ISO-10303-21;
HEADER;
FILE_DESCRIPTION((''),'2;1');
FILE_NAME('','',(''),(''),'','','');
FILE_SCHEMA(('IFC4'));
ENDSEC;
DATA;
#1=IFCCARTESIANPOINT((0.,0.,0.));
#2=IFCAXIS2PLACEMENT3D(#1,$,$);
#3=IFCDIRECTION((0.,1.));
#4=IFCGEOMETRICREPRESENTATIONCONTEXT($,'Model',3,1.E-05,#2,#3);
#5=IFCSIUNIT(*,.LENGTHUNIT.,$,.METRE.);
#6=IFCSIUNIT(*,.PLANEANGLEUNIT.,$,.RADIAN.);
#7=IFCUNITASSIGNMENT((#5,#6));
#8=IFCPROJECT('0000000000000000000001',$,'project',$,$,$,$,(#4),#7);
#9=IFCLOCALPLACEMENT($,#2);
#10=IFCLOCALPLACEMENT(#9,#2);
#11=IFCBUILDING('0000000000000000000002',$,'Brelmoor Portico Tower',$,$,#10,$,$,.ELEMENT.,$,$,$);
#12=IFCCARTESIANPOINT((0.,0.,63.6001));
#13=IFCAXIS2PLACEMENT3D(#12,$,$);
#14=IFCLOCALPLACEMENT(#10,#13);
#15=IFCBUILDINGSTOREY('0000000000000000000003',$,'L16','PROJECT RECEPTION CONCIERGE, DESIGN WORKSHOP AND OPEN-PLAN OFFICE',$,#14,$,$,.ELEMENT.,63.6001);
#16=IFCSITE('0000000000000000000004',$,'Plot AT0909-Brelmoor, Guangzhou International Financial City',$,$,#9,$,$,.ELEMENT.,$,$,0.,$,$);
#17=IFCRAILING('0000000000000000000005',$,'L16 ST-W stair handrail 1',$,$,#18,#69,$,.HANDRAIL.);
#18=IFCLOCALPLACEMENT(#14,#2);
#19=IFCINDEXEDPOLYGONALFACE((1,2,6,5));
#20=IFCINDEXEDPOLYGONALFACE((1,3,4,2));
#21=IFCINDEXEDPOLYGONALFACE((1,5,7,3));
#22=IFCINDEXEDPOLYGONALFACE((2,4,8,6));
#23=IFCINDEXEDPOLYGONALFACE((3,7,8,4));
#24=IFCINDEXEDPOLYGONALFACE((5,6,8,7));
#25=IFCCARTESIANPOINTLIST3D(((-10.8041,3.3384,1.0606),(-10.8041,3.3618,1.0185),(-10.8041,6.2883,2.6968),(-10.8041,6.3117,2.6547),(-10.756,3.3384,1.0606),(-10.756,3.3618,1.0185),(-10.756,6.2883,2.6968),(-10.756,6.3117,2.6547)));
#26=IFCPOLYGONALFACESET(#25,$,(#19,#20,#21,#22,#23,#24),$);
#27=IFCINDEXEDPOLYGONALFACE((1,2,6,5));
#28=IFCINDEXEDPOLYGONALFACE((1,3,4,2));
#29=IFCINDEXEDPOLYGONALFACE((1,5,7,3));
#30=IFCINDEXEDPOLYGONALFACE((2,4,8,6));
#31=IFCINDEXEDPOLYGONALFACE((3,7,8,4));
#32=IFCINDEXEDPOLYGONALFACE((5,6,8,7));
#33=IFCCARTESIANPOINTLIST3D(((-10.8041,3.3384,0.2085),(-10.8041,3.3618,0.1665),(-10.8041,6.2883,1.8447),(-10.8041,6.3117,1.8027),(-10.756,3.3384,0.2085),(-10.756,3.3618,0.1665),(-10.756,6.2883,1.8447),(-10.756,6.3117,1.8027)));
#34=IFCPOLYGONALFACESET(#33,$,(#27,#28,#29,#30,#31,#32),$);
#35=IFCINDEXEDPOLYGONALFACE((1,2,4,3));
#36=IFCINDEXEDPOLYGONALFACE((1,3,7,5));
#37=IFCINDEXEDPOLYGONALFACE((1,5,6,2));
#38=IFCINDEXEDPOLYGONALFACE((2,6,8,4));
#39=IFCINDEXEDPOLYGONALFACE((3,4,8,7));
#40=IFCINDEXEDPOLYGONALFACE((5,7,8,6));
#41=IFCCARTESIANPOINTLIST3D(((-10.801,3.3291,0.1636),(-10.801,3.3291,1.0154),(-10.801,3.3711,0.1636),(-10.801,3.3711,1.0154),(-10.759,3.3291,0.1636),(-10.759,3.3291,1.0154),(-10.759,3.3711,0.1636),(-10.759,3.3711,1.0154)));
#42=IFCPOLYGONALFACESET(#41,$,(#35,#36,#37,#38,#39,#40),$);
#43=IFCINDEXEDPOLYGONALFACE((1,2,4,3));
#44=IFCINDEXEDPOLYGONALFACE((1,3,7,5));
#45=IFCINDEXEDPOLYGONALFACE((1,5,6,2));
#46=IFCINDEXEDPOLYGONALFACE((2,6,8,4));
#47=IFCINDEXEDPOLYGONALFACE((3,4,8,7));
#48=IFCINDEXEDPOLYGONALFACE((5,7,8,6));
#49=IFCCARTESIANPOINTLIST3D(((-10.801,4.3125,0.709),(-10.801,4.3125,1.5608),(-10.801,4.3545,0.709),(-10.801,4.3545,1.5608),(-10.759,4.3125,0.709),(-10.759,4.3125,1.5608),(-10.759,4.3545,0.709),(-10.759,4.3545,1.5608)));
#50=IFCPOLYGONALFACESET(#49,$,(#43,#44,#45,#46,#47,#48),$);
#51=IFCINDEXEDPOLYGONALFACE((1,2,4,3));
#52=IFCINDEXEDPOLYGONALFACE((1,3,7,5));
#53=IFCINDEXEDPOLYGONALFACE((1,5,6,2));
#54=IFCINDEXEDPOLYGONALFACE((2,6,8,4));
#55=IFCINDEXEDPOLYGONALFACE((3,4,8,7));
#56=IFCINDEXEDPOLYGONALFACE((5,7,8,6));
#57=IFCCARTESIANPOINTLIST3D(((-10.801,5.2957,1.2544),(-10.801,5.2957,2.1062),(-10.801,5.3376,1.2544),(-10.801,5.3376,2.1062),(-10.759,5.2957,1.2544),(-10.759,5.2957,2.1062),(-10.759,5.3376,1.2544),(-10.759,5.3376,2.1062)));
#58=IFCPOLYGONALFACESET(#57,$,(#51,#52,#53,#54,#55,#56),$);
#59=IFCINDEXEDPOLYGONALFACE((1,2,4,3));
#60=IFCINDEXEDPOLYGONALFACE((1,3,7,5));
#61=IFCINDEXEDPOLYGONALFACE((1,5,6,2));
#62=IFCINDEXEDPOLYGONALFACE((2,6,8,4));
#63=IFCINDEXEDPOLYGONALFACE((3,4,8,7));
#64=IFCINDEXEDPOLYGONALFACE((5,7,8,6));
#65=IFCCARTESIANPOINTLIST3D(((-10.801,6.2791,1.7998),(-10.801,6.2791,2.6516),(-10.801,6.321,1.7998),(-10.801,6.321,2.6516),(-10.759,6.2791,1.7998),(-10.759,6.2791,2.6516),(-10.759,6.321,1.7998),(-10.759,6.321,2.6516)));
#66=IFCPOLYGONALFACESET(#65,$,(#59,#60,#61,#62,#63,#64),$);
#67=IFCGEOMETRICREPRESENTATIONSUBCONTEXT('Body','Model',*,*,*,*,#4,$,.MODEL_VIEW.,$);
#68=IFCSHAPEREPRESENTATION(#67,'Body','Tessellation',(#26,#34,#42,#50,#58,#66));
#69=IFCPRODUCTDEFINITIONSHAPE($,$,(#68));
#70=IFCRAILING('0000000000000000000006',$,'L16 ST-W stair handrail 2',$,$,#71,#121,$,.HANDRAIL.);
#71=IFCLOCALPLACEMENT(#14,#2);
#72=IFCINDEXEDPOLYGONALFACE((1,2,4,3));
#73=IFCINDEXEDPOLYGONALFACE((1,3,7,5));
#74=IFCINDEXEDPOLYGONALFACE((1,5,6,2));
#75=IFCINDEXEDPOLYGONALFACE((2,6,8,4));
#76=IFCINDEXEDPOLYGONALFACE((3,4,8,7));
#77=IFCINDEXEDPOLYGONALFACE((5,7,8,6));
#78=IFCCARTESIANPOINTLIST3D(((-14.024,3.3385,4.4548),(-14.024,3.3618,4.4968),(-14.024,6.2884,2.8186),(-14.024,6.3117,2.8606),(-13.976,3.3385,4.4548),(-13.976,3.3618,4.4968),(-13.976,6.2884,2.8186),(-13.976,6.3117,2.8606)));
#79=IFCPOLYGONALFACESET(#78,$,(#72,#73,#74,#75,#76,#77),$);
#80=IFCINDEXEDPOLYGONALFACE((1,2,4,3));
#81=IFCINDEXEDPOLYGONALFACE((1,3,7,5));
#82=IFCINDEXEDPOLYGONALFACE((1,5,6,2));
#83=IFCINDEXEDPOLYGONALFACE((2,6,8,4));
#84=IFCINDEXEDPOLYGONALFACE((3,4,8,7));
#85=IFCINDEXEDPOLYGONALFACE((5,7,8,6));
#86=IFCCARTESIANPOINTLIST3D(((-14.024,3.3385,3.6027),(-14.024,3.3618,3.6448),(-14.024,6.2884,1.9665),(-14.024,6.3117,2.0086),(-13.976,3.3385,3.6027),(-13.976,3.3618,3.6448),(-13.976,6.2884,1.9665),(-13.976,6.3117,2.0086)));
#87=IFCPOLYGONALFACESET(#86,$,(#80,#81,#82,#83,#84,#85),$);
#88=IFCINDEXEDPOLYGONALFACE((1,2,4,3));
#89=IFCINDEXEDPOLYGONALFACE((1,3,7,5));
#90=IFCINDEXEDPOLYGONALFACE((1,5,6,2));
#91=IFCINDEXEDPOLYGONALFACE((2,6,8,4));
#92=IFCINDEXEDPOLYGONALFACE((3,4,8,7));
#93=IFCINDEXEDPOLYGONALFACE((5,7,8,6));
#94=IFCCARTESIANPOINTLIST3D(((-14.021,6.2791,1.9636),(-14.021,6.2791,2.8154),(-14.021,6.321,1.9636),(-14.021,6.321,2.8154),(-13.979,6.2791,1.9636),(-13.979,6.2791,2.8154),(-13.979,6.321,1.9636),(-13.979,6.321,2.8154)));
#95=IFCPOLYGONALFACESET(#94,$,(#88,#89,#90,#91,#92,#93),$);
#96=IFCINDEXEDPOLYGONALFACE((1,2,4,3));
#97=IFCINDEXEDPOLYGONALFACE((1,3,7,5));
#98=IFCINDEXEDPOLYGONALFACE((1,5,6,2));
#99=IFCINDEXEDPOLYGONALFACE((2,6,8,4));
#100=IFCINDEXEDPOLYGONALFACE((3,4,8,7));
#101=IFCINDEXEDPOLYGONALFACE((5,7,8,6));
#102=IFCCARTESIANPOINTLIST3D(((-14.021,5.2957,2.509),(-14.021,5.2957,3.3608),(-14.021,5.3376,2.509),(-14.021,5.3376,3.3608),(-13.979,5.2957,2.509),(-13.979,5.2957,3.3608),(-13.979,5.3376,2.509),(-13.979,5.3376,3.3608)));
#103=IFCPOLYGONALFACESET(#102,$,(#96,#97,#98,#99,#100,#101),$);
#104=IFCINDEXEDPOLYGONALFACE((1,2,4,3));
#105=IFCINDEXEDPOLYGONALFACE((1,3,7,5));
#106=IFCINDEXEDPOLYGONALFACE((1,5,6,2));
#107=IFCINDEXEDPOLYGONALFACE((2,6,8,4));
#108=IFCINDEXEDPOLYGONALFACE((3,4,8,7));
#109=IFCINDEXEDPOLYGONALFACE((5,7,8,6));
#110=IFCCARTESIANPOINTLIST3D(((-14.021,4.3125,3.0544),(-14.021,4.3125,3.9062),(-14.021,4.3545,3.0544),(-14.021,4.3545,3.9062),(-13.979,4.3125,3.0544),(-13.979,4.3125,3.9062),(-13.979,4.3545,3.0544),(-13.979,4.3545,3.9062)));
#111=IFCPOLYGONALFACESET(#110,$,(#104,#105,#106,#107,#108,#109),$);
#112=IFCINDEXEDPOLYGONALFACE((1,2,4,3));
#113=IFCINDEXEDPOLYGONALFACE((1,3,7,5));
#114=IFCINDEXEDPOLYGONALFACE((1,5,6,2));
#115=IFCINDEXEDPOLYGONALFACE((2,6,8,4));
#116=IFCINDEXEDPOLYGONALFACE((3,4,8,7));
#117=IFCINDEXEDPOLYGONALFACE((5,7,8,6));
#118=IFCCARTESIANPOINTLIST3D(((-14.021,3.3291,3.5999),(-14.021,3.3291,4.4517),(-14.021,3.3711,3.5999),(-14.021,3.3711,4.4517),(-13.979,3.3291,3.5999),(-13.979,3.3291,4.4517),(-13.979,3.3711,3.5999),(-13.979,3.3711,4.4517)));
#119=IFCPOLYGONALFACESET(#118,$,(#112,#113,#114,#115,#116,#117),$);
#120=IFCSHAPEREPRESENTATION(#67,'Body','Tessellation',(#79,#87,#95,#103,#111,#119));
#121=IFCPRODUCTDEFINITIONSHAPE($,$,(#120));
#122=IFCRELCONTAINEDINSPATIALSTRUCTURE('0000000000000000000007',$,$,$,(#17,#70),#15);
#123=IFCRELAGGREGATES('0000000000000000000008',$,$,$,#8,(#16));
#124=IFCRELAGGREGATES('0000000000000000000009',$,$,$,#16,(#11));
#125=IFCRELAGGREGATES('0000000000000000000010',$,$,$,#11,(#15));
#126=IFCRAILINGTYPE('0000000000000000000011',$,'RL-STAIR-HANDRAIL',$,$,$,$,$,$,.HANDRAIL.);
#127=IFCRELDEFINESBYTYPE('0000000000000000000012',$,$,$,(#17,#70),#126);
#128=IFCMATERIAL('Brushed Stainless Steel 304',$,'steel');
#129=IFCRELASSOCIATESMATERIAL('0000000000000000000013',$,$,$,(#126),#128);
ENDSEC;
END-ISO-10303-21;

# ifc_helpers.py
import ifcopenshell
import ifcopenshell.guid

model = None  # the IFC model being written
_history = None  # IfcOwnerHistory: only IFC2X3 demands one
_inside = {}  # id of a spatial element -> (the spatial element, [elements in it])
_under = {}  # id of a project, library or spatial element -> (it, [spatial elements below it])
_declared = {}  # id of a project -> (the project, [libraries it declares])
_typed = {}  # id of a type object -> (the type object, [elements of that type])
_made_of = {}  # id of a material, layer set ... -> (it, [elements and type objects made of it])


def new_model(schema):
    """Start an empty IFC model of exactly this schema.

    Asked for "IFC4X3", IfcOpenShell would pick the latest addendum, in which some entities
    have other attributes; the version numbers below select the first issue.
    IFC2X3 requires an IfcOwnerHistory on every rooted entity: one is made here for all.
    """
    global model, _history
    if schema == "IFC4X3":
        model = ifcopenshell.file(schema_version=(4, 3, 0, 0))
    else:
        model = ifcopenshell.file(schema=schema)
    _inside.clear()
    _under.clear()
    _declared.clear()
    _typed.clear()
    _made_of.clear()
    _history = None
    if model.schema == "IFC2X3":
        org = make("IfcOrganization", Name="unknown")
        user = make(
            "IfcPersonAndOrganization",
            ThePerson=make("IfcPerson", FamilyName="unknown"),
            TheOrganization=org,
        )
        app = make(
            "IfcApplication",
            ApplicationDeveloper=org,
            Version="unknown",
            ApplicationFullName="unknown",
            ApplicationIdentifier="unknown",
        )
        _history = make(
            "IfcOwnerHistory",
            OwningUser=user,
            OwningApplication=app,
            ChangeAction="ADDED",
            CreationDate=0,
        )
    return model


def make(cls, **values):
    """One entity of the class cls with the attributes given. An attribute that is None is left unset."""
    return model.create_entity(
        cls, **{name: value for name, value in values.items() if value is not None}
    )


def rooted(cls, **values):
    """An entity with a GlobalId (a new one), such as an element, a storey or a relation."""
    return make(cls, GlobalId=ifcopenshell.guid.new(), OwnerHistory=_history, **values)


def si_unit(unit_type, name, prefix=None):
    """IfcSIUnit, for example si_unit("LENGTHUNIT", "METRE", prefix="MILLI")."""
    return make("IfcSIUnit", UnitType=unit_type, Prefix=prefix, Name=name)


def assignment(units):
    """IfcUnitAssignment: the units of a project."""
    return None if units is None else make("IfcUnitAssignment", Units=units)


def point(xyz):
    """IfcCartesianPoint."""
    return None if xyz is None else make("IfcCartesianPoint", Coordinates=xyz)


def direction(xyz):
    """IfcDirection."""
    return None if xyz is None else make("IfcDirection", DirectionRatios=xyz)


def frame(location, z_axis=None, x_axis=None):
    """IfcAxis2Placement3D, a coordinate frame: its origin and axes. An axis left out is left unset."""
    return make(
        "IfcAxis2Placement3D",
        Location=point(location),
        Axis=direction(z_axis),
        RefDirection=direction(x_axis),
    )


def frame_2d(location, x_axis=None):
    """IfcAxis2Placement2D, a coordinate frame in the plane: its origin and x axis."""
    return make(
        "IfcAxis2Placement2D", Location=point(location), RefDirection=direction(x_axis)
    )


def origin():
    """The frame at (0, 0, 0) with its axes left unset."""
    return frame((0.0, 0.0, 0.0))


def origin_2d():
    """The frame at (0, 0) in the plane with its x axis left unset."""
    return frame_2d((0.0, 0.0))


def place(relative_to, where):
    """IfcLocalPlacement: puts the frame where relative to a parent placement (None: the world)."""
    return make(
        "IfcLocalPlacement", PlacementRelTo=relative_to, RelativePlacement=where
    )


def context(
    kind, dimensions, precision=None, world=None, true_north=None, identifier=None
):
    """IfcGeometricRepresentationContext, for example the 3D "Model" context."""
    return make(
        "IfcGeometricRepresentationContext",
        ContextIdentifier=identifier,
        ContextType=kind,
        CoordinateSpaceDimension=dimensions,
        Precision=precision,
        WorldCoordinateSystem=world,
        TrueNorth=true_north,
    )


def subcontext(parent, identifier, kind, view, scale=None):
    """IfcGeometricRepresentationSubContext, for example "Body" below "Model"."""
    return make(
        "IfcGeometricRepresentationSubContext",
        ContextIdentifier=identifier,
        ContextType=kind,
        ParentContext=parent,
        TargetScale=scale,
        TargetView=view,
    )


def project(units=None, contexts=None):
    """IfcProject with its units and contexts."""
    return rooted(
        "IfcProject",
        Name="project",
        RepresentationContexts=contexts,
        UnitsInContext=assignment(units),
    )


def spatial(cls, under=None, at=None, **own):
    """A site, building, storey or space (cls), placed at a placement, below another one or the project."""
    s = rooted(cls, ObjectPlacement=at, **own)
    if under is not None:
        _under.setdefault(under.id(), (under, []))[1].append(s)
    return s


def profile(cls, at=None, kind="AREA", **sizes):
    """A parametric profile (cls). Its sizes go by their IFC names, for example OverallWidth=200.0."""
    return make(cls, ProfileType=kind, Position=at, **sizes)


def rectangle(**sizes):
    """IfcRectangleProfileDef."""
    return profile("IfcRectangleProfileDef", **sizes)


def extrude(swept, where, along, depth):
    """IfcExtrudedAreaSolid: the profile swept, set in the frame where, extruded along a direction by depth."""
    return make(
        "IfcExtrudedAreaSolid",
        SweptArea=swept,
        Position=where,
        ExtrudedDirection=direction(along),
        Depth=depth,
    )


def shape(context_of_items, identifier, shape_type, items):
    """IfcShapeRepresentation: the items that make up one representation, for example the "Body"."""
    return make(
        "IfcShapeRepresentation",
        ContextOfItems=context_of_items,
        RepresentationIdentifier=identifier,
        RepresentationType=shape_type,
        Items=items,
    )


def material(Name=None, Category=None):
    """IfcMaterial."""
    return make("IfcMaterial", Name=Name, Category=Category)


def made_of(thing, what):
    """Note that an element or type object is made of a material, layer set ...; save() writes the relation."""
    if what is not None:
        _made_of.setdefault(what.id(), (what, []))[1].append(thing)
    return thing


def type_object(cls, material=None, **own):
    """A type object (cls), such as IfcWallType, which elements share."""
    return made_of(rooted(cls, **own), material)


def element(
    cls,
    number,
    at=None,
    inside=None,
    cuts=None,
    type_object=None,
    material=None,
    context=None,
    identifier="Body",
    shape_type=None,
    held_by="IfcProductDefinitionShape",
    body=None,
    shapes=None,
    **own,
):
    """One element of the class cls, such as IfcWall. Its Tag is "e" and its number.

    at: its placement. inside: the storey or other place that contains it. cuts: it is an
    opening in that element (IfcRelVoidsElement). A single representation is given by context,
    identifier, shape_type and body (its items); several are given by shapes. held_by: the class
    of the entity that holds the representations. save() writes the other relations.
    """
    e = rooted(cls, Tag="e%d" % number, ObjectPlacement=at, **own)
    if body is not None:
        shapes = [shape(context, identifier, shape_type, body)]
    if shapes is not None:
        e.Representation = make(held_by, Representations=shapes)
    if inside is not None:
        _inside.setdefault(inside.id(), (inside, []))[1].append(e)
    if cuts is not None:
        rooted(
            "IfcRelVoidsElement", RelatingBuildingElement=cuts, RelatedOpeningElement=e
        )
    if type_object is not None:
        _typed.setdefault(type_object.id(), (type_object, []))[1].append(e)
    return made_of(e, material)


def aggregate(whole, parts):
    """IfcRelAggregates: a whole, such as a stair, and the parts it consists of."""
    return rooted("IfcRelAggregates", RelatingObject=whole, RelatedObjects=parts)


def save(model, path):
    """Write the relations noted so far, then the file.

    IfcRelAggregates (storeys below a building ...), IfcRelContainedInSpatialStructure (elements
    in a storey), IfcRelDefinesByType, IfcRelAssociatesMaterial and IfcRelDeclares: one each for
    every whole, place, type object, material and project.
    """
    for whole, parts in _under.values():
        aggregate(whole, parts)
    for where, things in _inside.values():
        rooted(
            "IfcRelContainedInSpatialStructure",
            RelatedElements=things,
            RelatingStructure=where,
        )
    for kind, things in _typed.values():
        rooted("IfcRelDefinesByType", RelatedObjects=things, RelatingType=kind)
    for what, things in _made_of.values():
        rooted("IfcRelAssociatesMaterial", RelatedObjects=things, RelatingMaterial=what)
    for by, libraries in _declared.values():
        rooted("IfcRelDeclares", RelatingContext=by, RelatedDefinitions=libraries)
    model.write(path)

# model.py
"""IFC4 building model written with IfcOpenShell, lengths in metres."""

from ifc_helpers import new_model, si_unit, direction, frame, origin, origin_2d, place, context, subcontext, project, spatial, rectangle, extrude, material, type_object, element, save


model = new_model("IFC4")

# Units and contexts
model_context = context("Model", 3, precision=1e-05, world=origin(), true_north=direction((0.0, 1.0)))
body_context = subcontext(model_context, "Body", "Model", "MODEL_VIEW")
ifc_project = project(units=[si_unit("LENGTHUNIT", "METRE"), si_unit("PLANEANGLEUNIT", "RADIAN")], contexts=[model_context])

# Site, building, storey
site_placement = place(None, origin())
site = spatial("IfcSite", under=ifc_project, at=site_placement, Name="Plot AT0909-Brelmoor, Guangzhou International Financial City", CompositionType="ELEMENT", RefElevation=0.0)
building_placement = place(site_placement, origin())
building = spatial("IfcBuilding", under=site, at=building_placement, Name="Brelmoor Portico Tower", CompositionType="ELEMENT")
storey_placement = place(building_placement, frame((0.0, 0.0, 63.6001)))
storey = spatial("IfcBuildingStorey", under=building, at=storey_placement, Name="L16", Description="PROJECT RECEPTION CONCIERGE, DESIGN WORKSHOP AND OPEN-PLAN OFFICE", CompositionType="ELEMENT", Elevation=63.6001)

# Railings
ifc_material_1 = material(Name="Brushed Stainless Steel 304", Category="steel")
railing_type_1 = type_object("IfcRailingType", Name="RL-STAIR-HANDRAIL", PredefinedType="HANDRAIL", material=ifc_material_1)
railing_1_placement = place(storey_placement, frame((-10.78, 3.3501, 0.1636)))
element("IfcRailing", 1, at=railing_1_placement, inside=storey, type_object=railing_type_1, Name="L16 ST-W stair handrail 1", PredefinedType="HANDRAIL", context=body_context, shape_type="SweptSolid", body=[
    extrude(rectangle(XDim=0.0481, YDim=0.0481, at=origin_2d()), frame((0.0, 0.0, 0.876), z_axis=(0.0, 0.874488, 0.485047), x_axis=(-1.0, 0.0, 0.0)), (0.0, 0.0, 1.0), 3.3733),
    extrude(rectangle(XDim=0.0481, YDim=0.0481, at=origin_2d()), frame((0.0, 0.0, 0.0239), z_axis=(0.0, 0.874488, 0.485047), x_axis=(-1.0, 0.0, 0.0)), (0.0, 0.0, 1.0), 3.3733),
    extrude(rectangle(XDim=0.042, YDim=0.042, at=origin_2d()), origin(), (0.0, 0.0, 1.0), 0.8518),
    extrude(rectangle(XDim=0.042, YDim=0.042, at=origin_2d()), frame((0.0, 0.9834, 0.5454)), (0.0, 0.0, 1.0), 0.8518),
    extrude(rectangle(XDim=0.042, YDim=0.042, at=origin_2d()), frame((0.0, 1.9666, 1.0908)), (0.0, 0.0, 1.0), 0.8518),
    extrude(rectangle(XDim=0.042, YDim=0.042, at=origin_2d()), frame((0.0, 2.95, 1.6362)), (0.0, 0.0, 1.0), 0.8518),
])
railing_2_placement = place(storey_placement, frame((-14.0, 6.3, 1.9636)))
element("IfcRailing", 2, at=railing_2_placement, inside=storey, type_object=railing_type_1, Name="L16 ST-W stair handrail 2", PredefinedType="HANDRAIL", context=body_context, shape_type="SweptSolid", body=[
    extrude(rectangle(XDim=0.0481, YDim=0.0481, at=origin_2d()), frame((0.0, 0.0, 0.876), z_axis=(0.0, -0.874488, 0.485047), x_axis=(1.0, 0.0, 0.0)), (0.0, 0.0, 1.0), 3.3733),
    extrude(rectangle(XDim=0.0481, YDim=0.0481, at=origin_2d()), frame((0.0, 0.0, 0.0239), z_axis=(0.0, -0.874488, 0.485047), x_axis=(1.0, 0.0, 0.0)), (0.0, 0.0, 1.0), 3.3733),
    extrude(rectangle(XDim=0.042, YDim=0.042, at=origin_2d()), origin(), (0.0, 0.0, 1.0), 0.8518),
    extrude(rectangle(XDim=0.042, YDim=0.042, at=origin_2d()), frame((0.0, -0.9834, 0.5454)), (0.0, 0.0, 1.0), 0.8518),
    extrude(rectangle(XDim=0.042, YDim=0.042, at=origin_2d()), frame((0.0, -1.9666, 1.0908)), (0.0, 0.0, 1.0), 0.8518),
    extrude(rectangle(XDim=0.042, YDim=0.042, at=origin_2d()), frame((0.0, -2.95, 1.6362)), (0.0, 0.0, 1.0), 0.8518),
])

save(model, "model.ifc")
